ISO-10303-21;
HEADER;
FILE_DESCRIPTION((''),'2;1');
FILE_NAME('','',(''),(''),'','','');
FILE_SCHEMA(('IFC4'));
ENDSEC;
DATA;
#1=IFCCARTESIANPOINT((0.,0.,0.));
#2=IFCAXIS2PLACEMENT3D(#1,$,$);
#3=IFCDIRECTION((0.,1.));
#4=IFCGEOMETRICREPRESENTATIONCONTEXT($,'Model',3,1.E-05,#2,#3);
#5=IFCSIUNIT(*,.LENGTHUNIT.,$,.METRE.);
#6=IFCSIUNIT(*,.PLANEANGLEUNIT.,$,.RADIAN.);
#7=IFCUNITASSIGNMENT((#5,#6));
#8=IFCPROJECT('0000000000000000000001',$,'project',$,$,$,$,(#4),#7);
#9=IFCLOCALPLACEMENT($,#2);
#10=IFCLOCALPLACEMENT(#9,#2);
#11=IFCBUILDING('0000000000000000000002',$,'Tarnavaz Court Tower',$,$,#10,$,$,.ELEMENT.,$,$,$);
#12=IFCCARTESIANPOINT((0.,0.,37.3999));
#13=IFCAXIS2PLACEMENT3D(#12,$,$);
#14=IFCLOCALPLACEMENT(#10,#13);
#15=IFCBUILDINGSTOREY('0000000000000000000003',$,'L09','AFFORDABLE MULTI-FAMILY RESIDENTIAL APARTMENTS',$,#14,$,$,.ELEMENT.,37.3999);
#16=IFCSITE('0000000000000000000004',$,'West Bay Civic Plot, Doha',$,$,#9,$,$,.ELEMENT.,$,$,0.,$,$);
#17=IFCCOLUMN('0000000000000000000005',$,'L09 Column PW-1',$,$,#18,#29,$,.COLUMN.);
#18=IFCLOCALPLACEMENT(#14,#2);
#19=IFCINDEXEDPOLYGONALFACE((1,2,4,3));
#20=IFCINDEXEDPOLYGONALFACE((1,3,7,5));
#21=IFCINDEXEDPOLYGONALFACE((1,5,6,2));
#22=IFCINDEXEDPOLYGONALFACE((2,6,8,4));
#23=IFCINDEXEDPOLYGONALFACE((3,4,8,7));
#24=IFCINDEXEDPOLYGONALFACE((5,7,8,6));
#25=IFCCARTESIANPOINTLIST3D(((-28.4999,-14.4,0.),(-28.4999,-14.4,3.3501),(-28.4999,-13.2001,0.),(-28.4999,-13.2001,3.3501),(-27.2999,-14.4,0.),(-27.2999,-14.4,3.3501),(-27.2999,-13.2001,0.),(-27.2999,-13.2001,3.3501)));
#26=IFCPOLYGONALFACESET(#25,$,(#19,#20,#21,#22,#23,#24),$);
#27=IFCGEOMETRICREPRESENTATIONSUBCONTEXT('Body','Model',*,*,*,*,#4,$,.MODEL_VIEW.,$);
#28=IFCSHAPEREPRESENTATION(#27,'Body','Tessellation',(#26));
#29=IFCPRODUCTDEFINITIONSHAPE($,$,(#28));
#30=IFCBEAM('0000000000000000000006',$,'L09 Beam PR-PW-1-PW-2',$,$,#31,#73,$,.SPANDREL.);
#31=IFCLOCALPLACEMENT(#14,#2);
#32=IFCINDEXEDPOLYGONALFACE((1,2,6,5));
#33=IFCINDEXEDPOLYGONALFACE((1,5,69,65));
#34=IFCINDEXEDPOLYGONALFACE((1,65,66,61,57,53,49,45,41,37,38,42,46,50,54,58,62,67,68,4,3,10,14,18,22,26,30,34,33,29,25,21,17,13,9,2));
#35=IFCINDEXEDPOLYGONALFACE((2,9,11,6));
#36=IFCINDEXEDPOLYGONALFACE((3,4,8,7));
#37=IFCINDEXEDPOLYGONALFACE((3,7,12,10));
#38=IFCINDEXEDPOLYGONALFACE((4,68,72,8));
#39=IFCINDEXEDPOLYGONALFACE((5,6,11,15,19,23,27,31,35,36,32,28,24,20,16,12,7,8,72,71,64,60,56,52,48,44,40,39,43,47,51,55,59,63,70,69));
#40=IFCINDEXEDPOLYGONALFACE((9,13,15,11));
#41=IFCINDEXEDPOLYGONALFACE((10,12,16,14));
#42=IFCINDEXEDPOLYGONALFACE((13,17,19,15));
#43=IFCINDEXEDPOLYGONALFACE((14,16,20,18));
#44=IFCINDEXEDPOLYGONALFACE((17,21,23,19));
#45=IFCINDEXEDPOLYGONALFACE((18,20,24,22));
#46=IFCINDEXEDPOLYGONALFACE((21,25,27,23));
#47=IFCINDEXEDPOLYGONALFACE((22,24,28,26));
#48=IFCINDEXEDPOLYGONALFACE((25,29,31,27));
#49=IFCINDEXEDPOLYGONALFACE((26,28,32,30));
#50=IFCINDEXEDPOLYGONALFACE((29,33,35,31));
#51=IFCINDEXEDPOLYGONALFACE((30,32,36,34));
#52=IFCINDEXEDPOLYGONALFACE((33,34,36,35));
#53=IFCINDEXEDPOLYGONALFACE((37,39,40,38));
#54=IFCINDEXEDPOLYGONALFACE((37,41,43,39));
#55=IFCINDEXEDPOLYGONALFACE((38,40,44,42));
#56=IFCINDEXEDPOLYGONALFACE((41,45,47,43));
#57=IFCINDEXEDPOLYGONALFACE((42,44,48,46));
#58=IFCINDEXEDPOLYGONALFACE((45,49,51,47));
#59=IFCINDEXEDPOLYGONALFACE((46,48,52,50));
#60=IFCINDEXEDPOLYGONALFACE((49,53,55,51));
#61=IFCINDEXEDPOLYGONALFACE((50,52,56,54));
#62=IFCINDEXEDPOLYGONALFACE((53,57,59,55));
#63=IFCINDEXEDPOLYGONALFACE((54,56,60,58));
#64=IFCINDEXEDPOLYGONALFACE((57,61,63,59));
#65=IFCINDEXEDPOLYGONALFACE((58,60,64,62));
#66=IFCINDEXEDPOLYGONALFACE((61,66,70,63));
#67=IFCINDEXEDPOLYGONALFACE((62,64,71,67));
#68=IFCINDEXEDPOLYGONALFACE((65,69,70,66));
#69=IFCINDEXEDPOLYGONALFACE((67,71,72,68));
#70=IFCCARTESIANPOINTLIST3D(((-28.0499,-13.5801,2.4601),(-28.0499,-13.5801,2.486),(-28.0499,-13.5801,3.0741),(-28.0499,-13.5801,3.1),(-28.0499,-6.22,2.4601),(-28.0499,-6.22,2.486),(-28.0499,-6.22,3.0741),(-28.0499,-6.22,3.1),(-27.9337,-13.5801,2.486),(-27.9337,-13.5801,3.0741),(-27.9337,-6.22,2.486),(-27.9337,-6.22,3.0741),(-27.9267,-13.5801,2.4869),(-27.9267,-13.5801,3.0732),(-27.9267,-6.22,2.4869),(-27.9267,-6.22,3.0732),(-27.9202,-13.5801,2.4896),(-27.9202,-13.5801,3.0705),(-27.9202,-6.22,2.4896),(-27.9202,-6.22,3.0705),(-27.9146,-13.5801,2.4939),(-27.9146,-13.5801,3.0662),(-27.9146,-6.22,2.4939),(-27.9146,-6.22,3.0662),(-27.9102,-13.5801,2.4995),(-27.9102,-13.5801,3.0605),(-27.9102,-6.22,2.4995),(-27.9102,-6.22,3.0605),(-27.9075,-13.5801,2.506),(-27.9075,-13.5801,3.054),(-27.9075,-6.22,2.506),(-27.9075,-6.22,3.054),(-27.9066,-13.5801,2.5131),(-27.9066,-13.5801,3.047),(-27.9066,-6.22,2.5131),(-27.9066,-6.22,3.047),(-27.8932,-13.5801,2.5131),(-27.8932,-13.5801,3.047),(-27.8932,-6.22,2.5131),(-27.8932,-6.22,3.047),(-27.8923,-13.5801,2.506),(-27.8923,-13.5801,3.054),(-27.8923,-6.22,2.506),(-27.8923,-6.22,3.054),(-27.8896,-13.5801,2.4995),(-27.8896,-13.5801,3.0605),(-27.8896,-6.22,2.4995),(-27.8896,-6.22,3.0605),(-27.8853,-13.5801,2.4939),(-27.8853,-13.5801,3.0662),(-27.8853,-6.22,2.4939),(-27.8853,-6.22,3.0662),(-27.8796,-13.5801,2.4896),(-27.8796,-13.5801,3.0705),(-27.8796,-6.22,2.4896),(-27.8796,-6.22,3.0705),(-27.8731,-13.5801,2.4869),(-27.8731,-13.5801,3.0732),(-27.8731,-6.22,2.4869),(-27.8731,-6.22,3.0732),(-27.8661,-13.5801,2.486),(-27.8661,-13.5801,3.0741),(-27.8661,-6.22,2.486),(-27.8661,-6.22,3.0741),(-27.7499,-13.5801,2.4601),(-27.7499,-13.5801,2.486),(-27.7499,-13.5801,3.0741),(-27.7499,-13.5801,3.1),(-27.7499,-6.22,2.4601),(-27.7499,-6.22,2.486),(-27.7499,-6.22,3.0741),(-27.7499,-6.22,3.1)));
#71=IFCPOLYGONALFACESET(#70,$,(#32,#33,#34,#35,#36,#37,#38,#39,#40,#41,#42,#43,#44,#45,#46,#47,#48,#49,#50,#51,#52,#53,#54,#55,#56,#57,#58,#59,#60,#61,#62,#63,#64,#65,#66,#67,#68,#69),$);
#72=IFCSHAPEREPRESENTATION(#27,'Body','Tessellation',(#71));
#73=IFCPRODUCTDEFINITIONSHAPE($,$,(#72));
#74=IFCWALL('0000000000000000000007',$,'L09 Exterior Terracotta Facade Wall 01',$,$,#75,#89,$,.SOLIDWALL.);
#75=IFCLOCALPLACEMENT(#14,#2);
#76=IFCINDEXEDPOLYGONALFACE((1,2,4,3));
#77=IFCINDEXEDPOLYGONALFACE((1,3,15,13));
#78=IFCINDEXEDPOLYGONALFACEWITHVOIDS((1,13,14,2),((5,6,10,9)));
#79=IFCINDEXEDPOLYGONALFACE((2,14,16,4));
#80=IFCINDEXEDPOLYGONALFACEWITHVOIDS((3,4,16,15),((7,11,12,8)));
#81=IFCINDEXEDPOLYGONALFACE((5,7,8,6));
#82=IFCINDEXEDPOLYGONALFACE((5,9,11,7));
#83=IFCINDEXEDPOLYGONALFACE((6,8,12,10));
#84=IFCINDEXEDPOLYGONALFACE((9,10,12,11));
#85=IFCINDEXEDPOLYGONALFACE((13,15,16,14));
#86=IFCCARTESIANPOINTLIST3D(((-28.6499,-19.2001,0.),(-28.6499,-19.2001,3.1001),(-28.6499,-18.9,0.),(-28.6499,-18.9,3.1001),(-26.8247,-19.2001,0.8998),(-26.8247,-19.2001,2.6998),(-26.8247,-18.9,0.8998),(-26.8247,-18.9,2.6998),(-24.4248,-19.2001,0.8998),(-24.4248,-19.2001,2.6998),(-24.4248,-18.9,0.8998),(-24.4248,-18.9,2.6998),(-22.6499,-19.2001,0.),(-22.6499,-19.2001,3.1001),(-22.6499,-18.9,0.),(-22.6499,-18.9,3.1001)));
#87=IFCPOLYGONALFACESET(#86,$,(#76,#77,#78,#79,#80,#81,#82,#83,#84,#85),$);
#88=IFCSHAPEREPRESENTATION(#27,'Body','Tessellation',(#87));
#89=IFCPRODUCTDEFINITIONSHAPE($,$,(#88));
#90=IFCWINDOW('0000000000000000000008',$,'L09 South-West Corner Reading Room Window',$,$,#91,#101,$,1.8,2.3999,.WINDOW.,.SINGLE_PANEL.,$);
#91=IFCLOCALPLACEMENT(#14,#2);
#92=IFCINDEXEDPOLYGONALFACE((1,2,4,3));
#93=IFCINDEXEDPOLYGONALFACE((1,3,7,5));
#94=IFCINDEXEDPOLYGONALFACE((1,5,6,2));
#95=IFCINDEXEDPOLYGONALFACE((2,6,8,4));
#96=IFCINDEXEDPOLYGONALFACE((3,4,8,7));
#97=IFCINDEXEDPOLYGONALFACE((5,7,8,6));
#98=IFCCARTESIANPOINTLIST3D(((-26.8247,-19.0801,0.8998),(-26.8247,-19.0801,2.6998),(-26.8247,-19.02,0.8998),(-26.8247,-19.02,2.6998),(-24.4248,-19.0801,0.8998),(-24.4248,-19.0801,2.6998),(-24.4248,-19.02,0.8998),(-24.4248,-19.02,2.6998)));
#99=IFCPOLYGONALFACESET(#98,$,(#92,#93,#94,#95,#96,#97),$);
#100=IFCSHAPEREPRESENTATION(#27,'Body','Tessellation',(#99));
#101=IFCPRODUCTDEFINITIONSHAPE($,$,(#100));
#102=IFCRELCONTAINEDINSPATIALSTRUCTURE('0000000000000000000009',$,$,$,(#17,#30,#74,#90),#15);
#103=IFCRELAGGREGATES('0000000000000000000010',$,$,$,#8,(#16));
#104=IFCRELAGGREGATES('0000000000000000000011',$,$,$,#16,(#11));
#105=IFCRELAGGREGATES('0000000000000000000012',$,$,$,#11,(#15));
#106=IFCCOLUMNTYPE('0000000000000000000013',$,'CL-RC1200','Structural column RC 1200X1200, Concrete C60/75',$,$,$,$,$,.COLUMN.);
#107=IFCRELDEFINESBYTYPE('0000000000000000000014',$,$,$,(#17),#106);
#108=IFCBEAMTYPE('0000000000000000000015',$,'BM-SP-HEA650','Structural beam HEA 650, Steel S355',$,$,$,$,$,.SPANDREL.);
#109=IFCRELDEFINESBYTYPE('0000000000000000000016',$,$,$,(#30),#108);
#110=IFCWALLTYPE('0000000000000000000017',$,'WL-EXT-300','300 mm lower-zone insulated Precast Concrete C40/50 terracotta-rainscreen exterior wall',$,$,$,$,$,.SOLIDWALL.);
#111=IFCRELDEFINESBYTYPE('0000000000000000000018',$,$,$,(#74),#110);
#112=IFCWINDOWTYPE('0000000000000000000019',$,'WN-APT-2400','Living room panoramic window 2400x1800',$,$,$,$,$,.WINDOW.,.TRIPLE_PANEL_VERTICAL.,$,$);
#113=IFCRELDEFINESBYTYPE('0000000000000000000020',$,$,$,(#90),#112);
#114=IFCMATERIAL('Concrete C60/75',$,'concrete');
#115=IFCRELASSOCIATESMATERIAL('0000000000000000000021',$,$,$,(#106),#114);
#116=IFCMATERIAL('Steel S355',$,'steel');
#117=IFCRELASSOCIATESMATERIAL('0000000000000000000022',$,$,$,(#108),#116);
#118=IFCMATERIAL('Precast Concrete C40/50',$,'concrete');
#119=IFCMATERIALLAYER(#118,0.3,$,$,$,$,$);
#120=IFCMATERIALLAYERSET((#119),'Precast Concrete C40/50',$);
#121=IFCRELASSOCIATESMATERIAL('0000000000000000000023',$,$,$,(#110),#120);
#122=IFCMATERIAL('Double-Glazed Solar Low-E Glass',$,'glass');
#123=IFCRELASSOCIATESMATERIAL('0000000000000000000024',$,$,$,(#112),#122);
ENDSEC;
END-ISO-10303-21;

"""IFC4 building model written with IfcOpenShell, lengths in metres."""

from ifc_helpers import new_model, si_unit, direction, frame, frame_2d, origin, origin_2d, place, context, subcontext, project, spatial, rectangle, i_section, extrude, material, layer, layer_set, material_profile, profile_set, type_object, element, fill, save


model = new_model("IFC4")

# Units and contexts
model_context = context("Model", 3, precision=1e-05, world=origin(), true_north=direction((0.0, 1.0)))
body_context = subcontext(model_context, "Body", "Model", "MODEL_VIEW")
ifc_project = project(units=[si_unit("LENGTHUNIT", "METRE"), si_unit("PLANEANGLEUNIT", "RADIAN")], contexts=[model_context])

# Site, building, storey
site_placement = place(None, origin())
site = spatial("IfcSite", under=ifc_project, at=site_placement, Name="West Bay Civic Plot, Doha", CompositionType="ELEMENT", RefElevation=0.0)
building_placement = place(site_placement, origin())
building = spatial("IfcBuilding", under=site, at=building_placement, Name="Tarnavaz Court Tower", CompositionType="ELEMENT")
storey_placement = place(building_placement, frame((0.0, 0.0, 37.3999)))
storey = spatial("IfcBuildingStorey", under=building, at=storey_placement, Name="L09", Description="AFFORDABLE MULTI-FAMILY RESIDENTIAL APARTMENTS", CompositionType="ELEMENT", Elevation=37.3999)

# Column
ifc_material_1 = material(Name="Concrete C60/75", Category="concrete")
ifc_material_profile_1 = material_profile(ifc_material_1, rectangle(XDim=1.2, YDim=1.2, at=origin_2d()), Name="RC 1200X1200")
ifc_profile_set_1 = profile_set([ifc_material_profile_1], Name="Concrete C60/75")
column_type = type_object("IfcColumnType", Name="CL-RC1200", Description="Structural column RC 1200X1200, Concrete C60/75", PredefinedType="COLUMN", material=ifc_profile_set_1)
column_placement = place(storey_placement, frame((-27.8999, -13.8, 0.0), z_axis=(0.0, 0.0, 1.0), x_axis=(1.0, 0.0, 0.0)))
element("IfcColumn", 1, at=column_placement, inside=storey, type_object=column_type, Name="L09 Column PW-1", PredefinedType="COLUMN", context=body_context, shape_type="SweptSolid", body=[
    extrude(rectangle(XDim=1.2, YDim=1.2, at=origin_2d()), origin(), (0.0, 0.0, 1.0), 3.3501),
])

# Beam
ifc_material_2 = material(Name="Steel S355", Category="steel")
ifc_material_profile_2 = material_profile(ifc_material_2, i_section(OverallWidth=0.3, OverallDepth=0.6399, WebThickness=0.0134, FlangeThickness=0.0259, FilletRadius=0.0271, at=origin_2d()), Name="HEA 650")
ifc_profile_set_2 = profile_set([ifc_material_profile_2], Name="Steel S355")
beam_type = type_object("IfcBeamType", Name="BM-SP-HEA650", Description="Structural beam HEA 650, Steel S355", PredefinedType="SPANDREL", material=ifc_profile_set_2)
beam_placement = place(storey_placement, frame((-27.8999, -13.5801, 2.78), z_axis=(0.0, 1.0, 0.0), x_axis=(-1.0, 0.0, 0.0)))
element("IfcBeam", 2, at=beam_placement, inside=storey, type_object=beam_type, Name="L09 Beam PR-PW-1-PW-2", PredefinedType="SPANDREL", context=body_context, shape_type="SweptSolid", body=[
    extrude(i_section(OverallWidth=0.3, OverallDepth=0.6399, WebThickness=0.0134, FlangeThickness=0.0259, FilletRadius=0.0271, at=origin_2d()), origin(), (0.0, 0.0, 1.0), 7.3601),
])

# Wall, opening, window
ifc_material_3 = material(Name="Precast Concrete C40/50", Category="concrete")
ifc_layer_1 = layer(ifc_material_3, 0.3)
ifc_layer_set_1 = layer_set([ifc_layer_1], Name="Precast Concrete C40/50")
wall_type_1 = type_object("IfcWallType", Name="WL-EXT-300", Description="300 mm lower-zone insulated Precast Concrete C40/50 terracotta-rainscreen exterior wall", PredefinedType="SOLIDWALL", material=ifc_layer_set_1)
wall_1_placement = place(storey_placement, frame((-22.6499, -19.05, 0.0), z_axis=(0.0, 0.0, 1.0), x_axis=(-1.0, 0.0, 0.0)))
wall_1 = element("IfcWall", 3, at=wall_1_placement, inside=storey, type_object=wall_type_1, Name="L09 Exterior Terracotta Facade Wall 01", PredefinedType="SOLIDWALL", context=body_context, shape_type="SweptSolid", body=[
    extrude(rectangle(XDim=6.0, YDim=0.3, at=frame_2d((3.0, 0.0))), origin(), (0.0, 0.0, 1.0), 3.1001),
])
opening_1_placement = place(wall_1_placement, frame((1.7749, 0.0, 0.8999)))
opening_1 = element("IfcOpeningElement", 4, at=opening_1_placement, cuts=wall_1, PredefinedType="OPENING", context=body_context, shape_type="SweptSolid", body=[
    extrude(rectangle(XDim=2.3999, YDim=1.8, at=frame_2d((1.2, 0.8999))), frame((0.0, 0.1599, 0.0), z_axis=(0.0, -1.0, 0.0), x_axis=(1.0, 0.0, 0.0)), (0.0, 0.0, 1.0), 0.3201),
])
ifc_material_4 = material(Name="Double-Glazed Solar Low-E Glass", Category="glass")
window_type_1 = type_object("IfcWindowType", Name="WN-APT-2400", Description="Living room panoramic window 2400x1800", PartitioningType="TRIPLE_PANEL_VERTICAL", PredefinedType="WINDOW", material=ifc_material_4)
window_1_placement = place(opening_1_placement, origin())
window_1 = element("IfcWindow", 5, at=window_1_placement, inside=storey, type_object=window_type_1, Name="L09 South-West Corner Reading Room Window", OverallHeight=1.8, OverallWidth=2.3999, PartitioningType="SINGLE_PANEL", PredefinedType="WINDOW", context=body_context, shape_type="SweptSolid", body=[
    extrude(rectangle(XDim=2.3999, YDim=1.8, at=frame_2d((1.2, 0.8999))), frame((0.0, 0.03, 0.0), z_axis=(0.0, -1.0, 0.0), x_axis=(1.0, 0.0, 0.0)), (0.0, 0.0, 1.0), 0.0601),
])
fill(opening_1, window_1)

save(model, "model.ifc")
